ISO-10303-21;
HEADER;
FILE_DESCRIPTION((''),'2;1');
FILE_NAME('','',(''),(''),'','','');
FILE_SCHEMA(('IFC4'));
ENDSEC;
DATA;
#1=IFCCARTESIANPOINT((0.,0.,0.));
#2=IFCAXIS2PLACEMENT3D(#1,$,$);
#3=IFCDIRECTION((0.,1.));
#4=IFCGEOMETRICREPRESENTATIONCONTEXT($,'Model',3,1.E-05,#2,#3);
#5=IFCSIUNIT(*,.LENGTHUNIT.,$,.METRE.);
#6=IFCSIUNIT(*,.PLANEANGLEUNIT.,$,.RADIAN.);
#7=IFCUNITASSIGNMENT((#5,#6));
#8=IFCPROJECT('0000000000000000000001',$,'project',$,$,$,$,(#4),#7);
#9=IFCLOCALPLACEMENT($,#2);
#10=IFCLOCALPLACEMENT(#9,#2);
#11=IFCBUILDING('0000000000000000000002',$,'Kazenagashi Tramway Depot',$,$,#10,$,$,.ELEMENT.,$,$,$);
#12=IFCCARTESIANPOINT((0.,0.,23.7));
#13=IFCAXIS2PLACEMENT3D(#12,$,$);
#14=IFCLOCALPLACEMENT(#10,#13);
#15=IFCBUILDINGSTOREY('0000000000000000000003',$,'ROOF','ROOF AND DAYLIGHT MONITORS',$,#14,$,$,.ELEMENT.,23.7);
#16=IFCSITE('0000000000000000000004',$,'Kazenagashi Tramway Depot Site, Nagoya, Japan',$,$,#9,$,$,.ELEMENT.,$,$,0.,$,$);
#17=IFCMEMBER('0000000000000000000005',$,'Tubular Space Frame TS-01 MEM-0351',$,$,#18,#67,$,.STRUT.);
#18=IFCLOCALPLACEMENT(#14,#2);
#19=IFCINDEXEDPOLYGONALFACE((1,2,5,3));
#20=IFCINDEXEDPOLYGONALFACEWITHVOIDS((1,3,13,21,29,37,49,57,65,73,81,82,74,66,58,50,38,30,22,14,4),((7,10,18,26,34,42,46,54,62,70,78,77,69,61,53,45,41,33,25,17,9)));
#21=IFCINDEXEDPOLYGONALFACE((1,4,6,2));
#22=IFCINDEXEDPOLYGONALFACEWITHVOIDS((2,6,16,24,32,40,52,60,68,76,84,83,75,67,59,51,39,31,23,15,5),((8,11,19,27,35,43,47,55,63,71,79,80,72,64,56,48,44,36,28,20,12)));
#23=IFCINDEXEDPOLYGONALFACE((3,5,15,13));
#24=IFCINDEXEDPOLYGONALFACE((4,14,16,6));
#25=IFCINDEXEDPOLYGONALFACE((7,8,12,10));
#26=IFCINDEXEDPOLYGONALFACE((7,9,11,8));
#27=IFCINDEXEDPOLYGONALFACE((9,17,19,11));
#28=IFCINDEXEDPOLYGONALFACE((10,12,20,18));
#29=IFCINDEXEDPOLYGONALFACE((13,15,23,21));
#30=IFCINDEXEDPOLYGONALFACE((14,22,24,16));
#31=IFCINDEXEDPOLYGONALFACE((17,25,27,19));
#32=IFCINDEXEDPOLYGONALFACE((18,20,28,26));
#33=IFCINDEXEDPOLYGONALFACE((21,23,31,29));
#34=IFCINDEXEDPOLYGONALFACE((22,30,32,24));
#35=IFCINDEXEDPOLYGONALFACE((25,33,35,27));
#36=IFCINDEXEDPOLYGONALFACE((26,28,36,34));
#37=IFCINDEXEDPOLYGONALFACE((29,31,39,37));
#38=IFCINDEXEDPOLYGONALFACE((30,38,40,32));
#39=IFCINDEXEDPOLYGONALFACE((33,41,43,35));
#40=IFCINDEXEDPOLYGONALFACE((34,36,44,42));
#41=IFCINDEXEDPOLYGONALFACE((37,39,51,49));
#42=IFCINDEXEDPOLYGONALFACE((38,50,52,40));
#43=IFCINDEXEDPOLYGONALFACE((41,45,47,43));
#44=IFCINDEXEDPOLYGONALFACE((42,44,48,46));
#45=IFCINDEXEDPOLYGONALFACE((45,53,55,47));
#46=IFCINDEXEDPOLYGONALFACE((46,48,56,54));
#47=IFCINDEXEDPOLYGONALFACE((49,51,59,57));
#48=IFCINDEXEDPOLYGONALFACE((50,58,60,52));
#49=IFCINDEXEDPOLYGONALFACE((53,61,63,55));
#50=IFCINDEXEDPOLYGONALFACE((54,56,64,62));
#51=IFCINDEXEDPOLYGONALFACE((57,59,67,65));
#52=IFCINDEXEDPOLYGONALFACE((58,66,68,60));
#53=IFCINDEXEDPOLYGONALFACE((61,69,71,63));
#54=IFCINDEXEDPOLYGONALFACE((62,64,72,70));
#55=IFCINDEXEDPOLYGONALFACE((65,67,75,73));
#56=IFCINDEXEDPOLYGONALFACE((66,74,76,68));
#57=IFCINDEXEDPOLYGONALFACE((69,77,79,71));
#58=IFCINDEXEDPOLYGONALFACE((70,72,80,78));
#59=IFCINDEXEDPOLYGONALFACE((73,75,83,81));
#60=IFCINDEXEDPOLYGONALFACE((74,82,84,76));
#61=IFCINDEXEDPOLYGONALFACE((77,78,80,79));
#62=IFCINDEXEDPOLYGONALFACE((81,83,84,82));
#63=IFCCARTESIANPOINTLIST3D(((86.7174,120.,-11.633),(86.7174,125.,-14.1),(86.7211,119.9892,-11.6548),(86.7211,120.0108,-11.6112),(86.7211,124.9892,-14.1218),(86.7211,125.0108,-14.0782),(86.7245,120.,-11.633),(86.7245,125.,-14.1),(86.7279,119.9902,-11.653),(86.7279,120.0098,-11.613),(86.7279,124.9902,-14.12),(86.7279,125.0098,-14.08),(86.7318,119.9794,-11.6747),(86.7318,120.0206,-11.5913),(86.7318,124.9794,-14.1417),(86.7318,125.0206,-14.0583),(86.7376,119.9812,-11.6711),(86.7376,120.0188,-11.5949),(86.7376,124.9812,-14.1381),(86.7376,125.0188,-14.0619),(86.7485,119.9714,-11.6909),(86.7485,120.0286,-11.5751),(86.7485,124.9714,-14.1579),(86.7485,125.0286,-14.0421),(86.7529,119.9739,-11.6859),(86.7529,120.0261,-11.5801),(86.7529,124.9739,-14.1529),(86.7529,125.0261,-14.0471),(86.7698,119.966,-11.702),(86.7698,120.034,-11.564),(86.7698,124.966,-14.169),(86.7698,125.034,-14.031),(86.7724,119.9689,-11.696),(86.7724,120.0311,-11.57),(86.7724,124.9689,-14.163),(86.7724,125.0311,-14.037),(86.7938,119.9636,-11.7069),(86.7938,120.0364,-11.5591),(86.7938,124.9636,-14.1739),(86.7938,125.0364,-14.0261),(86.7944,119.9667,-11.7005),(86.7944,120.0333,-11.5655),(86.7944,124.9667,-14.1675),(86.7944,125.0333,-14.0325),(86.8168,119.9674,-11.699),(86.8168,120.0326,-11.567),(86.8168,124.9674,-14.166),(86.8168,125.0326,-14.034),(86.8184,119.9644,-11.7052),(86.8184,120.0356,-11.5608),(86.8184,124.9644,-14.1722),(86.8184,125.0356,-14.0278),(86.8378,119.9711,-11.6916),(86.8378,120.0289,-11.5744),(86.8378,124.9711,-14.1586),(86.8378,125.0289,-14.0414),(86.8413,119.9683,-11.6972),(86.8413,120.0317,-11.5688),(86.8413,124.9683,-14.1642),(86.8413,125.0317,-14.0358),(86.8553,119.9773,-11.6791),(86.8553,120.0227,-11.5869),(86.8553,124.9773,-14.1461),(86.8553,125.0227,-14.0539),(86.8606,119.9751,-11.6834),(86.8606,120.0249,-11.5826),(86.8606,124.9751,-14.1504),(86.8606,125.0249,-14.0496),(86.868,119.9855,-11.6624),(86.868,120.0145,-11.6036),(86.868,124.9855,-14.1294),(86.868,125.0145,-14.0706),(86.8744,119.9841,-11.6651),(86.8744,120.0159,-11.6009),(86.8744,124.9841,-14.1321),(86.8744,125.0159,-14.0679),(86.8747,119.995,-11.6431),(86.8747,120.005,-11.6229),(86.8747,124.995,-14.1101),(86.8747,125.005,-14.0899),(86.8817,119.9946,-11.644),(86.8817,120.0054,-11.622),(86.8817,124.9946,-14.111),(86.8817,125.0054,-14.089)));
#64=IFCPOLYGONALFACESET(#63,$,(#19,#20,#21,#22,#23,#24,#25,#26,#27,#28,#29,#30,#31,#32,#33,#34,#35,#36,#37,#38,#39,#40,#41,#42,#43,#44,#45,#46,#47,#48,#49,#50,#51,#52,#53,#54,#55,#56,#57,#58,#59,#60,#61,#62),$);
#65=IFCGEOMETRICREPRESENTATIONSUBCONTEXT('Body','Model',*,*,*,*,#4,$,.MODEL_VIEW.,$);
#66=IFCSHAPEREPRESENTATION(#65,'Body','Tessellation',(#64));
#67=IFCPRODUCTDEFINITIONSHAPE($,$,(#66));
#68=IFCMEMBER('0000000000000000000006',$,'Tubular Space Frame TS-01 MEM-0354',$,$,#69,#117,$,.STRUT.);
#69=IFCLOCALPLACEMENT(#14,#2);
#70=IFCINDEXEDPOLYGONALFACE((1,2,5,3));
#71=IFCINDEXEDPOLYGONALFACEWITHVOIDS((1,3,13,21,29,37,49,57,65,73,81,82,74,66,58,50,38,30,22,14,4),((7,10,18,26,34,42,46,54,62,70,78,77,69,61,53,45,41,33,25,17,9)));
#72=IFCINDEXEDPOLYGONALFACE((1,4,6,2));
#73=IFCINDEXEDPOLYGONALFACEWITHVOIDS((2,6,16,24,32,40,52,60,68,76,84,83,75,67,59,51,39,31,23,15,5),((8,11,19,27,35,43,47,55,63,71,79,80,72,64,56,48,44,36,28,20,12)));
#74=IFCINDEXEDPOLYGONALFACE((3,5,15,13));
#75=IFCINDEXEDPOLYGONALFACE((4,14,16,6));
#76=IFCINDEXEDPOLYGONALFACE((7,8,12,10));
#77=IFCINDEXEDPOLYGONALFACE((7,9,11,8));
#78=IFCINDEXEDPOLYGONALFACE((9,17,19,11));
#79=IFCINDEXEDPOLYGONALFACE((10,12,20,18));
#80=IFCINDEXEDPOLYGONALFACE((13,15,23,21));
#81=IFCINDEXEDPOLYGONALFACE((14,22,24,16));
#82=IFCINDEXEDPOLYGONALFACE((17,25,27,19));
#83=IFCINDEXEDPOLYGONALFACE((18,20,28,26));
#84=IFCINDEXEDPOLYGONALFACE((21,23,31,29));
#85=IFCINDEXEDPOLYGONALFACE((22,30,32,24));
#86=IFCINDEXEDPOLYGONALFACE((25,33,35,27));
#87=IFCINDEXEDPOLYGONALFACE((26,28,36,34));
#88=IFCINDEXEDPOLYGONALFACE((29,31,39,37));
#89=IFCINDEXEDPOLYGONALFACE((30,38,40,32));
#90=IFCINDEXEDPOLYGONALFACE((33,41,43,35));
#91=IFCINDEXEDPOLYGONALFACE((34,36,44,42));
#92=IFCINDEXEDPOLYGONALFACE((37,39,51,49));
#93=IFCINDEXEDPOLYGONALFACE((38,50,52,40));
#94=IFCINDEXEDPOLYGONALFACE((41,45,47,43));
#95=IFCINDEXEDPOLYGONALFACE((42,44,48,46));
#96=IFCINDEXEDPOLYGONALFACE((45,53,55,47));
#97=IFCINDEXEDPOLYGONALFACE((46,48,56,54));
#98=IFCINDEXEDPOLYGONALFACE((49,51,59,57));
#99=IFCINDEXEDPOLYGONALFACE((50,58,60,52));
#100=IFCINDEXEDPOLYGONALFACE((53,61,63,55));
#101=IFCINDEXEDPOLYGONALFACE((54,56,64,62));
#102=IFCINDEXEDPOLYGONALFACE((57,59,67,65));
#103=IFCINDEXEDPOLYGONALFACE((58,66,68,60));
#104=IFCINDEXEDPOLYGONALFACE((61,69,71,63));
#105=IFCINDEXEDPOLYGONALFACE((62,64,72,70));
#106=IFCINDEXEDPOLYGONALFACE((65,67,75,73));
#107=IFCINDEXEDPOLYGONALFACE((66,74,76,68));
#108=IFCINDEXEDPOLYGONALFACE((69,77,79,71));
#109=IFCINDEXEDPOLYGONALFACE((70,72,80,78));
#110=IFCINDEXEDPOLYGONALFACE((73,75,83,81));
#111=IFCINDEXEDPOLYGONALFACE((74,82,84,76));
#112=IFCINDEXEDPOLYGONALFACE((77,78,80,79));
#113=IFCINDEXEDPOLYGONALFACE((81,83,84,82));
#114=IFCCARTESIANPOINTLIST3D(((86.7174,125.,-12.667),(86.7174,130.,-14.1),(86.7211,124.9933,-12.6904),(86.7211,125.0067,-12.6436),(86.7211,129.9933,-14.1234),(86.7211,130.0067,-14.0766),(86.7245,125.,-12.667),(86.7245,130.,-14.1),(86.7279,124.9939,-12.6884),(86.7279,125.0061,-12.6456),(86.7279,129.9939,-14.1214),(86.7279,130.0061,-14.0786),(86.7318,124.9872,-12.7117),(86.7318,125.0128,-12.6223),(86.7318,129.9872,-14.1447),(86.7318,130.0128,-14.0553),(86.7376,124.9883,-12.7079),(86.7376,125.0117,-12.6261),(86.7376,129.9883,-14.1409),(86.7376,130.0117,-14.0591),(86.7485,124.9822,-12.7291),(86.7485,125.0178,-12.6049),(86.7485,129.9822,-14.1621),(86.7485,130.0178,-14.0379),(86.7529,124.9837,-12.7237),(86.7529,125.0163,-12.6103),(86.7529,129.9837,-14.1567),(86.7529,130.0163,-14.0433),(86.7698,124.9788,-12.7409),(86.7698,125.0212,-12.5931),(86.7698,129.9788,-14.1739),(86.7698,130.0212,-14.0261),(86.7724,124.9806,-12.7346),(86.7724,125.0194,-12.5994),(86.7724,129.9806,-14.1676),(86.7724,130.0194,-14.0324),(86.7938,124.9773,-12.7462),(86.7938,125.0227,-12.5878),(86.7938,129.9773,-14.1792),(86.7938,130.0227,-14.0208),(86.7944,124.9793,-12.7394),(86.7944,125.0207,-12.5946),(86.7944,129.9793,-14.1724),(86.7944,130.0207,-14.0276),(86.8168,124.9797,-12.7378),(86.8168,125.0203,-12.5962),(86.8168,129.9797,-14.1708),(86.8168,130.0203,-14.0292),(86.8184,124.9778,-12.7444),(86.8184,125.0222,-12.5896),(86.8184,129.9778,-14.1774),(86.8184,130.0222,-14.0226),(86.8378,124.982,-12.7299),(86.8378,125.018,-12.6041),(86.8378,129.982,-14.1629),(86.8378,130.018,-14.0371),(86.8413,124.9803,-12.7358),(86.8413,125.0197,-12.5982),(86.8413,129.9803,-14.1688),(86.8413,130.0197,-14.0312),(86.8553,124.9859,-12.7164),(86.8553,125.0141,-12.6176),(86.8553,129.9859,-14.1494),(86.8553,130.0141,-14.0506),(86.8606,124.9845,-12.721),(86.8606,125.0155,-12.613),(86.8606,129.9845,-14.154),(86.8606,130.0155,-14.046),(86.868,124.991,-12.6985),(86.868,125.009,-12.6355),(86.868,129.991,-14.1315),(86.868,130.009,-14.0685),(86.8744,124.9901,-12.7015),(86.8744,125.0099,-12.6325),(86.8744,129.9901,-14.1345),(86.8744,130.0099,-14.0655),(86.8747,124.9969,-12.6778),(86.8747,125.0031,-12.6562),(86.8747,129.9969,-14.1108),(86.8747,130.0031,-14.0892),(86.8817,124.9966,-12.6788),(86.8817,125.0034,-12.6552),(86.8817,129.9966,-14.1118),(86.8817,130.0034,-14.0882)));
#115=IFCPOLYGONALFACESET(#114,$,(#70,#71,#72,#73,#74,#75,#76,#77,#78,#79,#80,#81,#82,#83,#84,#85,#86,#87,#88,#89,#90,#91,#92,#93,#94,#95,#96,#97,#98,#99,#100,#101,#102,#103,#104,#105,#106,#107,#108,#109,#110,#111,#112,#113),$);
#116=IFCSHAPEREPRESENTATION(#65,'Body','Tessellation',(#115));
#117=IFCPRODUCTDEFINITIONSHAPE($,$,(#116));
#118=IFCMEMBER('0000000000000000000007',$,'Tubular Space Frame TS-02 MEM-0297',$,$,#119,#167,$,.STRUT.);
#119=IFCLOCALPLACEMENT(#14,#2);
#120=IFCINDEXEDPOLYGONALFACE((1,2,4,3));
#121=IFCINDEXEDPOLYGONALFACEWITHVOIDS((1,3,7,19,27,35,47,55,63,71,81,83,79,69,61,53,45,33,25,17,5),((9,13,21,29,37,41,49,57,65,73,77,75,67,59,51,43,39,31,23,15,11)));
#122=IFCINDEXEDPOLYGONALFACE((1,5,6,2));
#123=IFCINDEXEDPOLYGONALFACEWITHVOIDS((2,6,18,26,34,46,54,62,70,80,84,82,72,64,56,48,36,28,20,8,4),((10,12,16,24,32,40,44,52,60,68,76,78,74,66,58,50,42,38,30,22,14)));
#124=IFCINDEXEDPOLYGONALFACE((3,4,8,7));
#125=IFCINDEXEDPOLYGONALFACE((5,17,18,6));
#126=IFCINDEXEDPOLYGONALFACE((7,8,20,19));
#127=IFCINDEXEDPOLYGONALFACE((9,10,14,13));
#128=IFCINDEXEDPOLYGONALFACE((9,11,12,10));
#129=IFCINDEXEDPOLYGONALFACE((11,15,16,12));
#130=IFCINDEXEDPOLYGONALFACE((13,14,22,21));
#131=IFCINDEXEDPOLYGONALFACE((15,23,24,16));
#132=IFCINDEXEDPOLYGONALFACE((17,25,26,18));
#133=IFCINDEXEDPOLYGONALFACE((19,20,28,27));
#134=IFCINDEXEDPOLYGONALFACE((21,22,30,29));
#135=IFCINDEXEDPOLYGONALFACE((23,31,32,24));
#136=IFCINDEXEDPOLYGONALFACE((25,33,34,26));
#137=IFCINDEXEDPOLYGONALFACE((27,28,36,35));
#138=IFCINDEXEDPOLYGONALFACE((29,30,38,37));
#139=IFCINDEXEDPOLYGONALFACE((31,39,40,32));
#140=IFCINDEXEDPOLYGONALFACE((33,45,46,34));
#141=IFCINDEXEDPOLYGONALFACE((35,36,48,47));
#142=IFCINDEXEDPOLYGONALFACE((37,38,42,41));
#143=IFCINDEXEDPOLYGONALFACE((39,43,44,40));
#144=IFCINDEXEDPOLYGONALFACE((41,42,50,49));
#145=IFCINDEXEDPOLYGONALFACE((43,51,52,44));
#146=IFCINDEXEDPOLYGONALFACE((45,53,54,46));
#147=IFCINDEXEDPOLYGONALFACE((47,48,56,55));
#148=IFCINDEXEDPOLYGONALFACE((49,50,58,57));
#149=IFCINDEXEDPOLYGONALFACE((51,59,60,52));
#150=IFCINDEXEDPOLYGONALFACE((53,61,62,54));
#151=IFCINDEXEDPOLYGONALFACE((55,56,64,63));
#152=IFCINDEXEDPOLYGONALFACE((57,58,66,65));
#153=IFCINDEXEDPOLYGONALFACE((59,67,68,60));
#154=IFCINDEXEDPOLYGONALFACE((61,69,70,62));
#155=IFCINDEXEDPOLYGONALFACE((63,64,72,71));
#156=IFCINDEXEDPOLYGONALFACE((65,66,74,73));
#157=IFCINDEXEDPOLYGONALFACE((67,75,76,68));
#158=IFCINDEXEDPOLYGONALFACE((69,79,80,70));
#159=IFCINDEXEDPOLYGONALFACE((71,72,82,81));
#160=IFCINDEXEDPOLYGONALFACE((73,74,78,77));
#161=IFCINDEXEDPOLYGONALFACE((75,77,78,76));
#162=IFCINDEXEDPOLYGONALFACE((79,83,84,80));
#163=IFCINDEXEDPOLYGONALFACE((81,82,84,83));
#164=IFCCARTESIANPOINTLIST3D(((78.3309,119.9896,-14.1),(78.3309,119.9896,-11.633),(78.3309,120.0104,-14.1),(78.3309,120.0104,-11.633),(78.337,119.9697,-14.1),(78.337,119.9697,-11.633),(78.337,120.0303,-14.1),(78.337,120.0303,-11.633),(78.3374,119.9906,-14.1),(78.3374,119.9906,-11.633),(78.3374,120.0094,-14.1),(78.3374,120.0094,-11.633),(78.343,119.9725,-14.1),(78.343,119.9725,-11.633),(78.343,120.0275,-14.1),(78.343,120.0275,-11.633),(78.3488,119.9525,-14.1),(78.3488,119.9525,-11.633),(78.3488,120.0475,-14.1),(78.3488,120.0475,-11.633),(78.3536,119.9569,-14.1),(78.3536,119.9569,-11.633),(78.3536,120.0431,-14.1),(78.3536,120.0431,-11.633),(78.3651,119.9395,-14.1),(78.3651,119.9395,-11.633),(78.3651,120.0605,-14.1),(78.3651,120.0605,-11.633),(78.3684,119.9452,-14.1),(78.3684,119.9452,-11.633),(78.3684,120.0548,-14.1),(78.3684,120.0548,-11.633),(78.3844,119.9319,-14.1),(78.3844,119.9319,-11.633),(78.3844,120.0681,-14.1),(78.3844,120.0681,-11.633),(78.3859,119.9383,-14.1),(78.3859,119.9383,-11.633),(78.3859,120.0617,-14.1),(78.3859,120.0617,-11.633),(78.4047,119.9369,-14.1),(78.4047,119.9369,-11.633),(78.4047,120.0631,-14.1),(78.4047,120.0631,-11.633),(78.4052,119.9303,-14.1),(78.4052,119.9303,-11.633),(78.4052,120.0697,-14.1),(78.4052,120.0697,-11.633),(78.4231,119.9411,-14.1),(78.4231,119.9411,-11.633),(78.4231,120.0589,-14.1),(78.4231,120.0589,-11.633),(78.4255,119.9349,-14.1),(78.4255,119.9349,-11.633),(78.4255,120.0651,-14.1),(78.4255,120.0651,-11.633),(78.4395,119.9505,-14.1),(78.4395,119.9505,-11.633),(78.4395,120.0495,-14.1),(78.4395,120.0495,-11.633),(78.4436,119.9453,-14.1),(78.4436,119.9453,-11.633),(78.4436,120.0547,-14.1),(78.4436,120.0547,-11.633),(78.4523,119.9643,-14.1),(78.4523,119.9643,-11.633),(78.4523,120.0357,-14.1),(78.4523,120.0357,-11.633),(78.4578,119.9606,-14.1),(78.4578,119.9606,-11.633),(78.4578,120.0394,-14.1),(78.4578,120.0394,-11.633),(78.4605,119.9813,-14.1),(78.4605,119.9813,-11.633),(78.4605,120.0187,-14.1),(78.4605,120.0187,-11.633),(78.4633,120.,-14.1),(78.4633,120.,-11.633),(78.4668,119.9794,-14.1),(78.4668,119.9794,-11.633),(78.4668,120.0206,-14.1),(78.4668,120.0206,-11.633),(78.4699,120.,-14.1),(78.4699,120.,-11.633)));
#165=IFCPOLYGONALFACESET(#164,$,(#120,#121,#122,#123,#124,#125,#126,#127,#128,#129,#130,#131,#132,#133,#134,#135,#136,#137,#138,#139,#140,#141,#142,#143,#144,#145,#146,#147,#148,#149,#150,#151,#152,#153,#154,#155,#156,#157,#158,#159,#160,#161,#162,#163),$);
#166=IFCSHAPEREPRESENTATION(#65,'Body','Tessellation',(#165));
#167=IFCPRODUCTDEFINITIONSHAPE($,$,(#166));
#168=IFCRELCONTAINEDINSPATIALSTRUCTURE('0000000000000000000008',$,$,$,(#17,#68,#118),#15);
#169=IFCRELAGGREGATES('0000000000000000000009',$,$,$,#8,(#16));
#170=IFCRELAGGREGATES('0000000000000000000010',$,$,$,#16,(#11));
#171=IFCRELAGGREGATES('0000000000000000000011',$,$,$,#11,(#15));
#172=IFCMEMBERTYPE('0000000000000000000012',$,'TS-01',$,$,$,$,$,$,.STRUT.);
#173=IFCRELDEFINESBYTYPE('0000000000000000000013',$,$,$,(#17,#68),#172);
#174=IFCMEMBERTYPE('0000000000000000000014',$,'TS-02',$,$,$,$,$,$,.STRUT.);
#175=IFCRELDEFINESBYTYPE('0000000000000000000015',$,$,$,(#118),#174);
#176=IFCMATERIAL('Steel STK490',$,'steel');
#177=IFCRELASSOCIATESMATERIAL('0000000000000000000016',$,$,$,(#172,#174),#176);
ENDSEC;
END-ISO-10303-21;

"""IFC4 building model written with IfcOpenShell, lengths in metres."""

from ifc_helpers import new_model, si_unit, direction, frame, origin, origin_2d, place, context, subcontext, project, spatial, hollow_circle, extrude, material, material_profile, profile_set, type_object, element, save


model = new_model("IFC4")

# Units and contexts
model_context = context("Model", 3, precision=1e-05, world=origin(), true_north=direction((0.0, 1.0)))
body_context = subcontext(model_context, "Body", "Model", "MODEL_VIEW")
ifc_project = project(units=[si_unit("LENGTHUNIT", "METRE"), si_unit("PLANEANGLEUNIT", "RADIAN")], contexts=[model_context])

# Site, building, storey
site_placement = place(None, origin())
site = spatial("IfcSite", under=ifc_project, at=site_placement, Name="Kazenagashi Tramway Depot Site, Nagoya, Japan", CompositionType="ELEMENT", RefElevation=0.0)
building_placement = place(site_placement, origin())
building = spatial("IfcBuilding", under=site, at=building_placement, Name="Kazenagashi Tramway Depot", CompositionType="ELEMENT")
storey_placement = place(building_placement, frame((0.0, 0.0, 23.7)))
storey = spatial("IfcBuildingStorey", under=building, at=storey_placement, Name="ROOF", Description="ROOF AND DAYLIGHT MONITORS", CompositionType="ELEMENT", Elevation=23.7)

# Members
ifc_material_1 = material(Name="Steel STK490", Category="steel")
ifc_material_profile_1 = material_profile(ifc_material_1, hollow_circle(Radius=0.0826, WallThickness=0.0071, at=origin_2d()), Name="CHS-165.2x7.1")
ifc_profile_set_1 = profile_set([ifc_material_profile_1], Name="Steel STK490")
member_type_1 = type_object("IfcMemberType", Name="TS-01", PredefinedType="STRUT", material=ifc_profile_set_1)
member_1_placement = place(storey_placement, frame((86.8, 120.0, -11.633), z_axis=(0.0, 0.896782, -0.442472), x_axis=(-1.0, 0.0, 0.0)))
element("IfcMember", 1, at=member_1_placement, inside=storey, type_object=member_type_1, Name="Tubular Space Frame TS-01 MEM-0351", PredefinedType="STRUT", context=body_context, shape_type="SweptSolid", body=[
    extrude(hollow_circle(Radius=0.0826, WallThickness=0.0071, at=origin_2d()), origin(), (0.0, 0.0, 1.0), 5.5755),
])
member_2_placement = place(storey_placement, frame((86.8, 125.0, -12.667), z_axis=(0.0, 0.961299, -0.275508), x_axis=(-1.0, 0.0, 0.0)))
element("IfcMember", 2, at=member_2_placement, inside=storey, type_object=member_type_1, Name="Tubular Space Frame TS-01 MEM-0354", PredefinedType="STRUT", context=body_context, shape_type="SweptSolid", body=[
    extrude(hollow_circle(Radius=0.0826, WallThickness=0.0071, at=origin_2d()), origin(), (0.0, 0.0, 1.0), 5.2013),
])
ifc_material_profile_2 = material_profile(ifc_material_1, hollow_circle(Radius=0.0699, WallThickness=0.0066, at=origin_2d()), Name="CHS-139.8x6.6")
ifc_profile_set_2 = profile_set([ifc_material_profile_2], Name="Steel STK490")
member_type_2 = type_object("IfcMemberType", Name="TS-02", PredefinedType="STRUT", material=ifc_profile_set_2)
member_3_placement = place(storey_placement, frame((78.4, 120.0, -14.1), z_axis=(0.0, 0.0, 1.0), x_axis=(1.0, 0.0, 0.0)))
element("IfcMember", 3, at=member_3_placement, inside=storey, type_object=member_type_2, Name="Tubular Space Frame TS-02 MEM-0297", PredefinedType="STRUT", context=body_context, shape_type="SweptSolid", body=[
    extrude(hollow_circle(Radius=0.0699, WallThickness=0.0066, at=origin_2d()), origin(), (0.0, 0.0, 1.0), 2.467),
])

save(model, "model.ifc")
